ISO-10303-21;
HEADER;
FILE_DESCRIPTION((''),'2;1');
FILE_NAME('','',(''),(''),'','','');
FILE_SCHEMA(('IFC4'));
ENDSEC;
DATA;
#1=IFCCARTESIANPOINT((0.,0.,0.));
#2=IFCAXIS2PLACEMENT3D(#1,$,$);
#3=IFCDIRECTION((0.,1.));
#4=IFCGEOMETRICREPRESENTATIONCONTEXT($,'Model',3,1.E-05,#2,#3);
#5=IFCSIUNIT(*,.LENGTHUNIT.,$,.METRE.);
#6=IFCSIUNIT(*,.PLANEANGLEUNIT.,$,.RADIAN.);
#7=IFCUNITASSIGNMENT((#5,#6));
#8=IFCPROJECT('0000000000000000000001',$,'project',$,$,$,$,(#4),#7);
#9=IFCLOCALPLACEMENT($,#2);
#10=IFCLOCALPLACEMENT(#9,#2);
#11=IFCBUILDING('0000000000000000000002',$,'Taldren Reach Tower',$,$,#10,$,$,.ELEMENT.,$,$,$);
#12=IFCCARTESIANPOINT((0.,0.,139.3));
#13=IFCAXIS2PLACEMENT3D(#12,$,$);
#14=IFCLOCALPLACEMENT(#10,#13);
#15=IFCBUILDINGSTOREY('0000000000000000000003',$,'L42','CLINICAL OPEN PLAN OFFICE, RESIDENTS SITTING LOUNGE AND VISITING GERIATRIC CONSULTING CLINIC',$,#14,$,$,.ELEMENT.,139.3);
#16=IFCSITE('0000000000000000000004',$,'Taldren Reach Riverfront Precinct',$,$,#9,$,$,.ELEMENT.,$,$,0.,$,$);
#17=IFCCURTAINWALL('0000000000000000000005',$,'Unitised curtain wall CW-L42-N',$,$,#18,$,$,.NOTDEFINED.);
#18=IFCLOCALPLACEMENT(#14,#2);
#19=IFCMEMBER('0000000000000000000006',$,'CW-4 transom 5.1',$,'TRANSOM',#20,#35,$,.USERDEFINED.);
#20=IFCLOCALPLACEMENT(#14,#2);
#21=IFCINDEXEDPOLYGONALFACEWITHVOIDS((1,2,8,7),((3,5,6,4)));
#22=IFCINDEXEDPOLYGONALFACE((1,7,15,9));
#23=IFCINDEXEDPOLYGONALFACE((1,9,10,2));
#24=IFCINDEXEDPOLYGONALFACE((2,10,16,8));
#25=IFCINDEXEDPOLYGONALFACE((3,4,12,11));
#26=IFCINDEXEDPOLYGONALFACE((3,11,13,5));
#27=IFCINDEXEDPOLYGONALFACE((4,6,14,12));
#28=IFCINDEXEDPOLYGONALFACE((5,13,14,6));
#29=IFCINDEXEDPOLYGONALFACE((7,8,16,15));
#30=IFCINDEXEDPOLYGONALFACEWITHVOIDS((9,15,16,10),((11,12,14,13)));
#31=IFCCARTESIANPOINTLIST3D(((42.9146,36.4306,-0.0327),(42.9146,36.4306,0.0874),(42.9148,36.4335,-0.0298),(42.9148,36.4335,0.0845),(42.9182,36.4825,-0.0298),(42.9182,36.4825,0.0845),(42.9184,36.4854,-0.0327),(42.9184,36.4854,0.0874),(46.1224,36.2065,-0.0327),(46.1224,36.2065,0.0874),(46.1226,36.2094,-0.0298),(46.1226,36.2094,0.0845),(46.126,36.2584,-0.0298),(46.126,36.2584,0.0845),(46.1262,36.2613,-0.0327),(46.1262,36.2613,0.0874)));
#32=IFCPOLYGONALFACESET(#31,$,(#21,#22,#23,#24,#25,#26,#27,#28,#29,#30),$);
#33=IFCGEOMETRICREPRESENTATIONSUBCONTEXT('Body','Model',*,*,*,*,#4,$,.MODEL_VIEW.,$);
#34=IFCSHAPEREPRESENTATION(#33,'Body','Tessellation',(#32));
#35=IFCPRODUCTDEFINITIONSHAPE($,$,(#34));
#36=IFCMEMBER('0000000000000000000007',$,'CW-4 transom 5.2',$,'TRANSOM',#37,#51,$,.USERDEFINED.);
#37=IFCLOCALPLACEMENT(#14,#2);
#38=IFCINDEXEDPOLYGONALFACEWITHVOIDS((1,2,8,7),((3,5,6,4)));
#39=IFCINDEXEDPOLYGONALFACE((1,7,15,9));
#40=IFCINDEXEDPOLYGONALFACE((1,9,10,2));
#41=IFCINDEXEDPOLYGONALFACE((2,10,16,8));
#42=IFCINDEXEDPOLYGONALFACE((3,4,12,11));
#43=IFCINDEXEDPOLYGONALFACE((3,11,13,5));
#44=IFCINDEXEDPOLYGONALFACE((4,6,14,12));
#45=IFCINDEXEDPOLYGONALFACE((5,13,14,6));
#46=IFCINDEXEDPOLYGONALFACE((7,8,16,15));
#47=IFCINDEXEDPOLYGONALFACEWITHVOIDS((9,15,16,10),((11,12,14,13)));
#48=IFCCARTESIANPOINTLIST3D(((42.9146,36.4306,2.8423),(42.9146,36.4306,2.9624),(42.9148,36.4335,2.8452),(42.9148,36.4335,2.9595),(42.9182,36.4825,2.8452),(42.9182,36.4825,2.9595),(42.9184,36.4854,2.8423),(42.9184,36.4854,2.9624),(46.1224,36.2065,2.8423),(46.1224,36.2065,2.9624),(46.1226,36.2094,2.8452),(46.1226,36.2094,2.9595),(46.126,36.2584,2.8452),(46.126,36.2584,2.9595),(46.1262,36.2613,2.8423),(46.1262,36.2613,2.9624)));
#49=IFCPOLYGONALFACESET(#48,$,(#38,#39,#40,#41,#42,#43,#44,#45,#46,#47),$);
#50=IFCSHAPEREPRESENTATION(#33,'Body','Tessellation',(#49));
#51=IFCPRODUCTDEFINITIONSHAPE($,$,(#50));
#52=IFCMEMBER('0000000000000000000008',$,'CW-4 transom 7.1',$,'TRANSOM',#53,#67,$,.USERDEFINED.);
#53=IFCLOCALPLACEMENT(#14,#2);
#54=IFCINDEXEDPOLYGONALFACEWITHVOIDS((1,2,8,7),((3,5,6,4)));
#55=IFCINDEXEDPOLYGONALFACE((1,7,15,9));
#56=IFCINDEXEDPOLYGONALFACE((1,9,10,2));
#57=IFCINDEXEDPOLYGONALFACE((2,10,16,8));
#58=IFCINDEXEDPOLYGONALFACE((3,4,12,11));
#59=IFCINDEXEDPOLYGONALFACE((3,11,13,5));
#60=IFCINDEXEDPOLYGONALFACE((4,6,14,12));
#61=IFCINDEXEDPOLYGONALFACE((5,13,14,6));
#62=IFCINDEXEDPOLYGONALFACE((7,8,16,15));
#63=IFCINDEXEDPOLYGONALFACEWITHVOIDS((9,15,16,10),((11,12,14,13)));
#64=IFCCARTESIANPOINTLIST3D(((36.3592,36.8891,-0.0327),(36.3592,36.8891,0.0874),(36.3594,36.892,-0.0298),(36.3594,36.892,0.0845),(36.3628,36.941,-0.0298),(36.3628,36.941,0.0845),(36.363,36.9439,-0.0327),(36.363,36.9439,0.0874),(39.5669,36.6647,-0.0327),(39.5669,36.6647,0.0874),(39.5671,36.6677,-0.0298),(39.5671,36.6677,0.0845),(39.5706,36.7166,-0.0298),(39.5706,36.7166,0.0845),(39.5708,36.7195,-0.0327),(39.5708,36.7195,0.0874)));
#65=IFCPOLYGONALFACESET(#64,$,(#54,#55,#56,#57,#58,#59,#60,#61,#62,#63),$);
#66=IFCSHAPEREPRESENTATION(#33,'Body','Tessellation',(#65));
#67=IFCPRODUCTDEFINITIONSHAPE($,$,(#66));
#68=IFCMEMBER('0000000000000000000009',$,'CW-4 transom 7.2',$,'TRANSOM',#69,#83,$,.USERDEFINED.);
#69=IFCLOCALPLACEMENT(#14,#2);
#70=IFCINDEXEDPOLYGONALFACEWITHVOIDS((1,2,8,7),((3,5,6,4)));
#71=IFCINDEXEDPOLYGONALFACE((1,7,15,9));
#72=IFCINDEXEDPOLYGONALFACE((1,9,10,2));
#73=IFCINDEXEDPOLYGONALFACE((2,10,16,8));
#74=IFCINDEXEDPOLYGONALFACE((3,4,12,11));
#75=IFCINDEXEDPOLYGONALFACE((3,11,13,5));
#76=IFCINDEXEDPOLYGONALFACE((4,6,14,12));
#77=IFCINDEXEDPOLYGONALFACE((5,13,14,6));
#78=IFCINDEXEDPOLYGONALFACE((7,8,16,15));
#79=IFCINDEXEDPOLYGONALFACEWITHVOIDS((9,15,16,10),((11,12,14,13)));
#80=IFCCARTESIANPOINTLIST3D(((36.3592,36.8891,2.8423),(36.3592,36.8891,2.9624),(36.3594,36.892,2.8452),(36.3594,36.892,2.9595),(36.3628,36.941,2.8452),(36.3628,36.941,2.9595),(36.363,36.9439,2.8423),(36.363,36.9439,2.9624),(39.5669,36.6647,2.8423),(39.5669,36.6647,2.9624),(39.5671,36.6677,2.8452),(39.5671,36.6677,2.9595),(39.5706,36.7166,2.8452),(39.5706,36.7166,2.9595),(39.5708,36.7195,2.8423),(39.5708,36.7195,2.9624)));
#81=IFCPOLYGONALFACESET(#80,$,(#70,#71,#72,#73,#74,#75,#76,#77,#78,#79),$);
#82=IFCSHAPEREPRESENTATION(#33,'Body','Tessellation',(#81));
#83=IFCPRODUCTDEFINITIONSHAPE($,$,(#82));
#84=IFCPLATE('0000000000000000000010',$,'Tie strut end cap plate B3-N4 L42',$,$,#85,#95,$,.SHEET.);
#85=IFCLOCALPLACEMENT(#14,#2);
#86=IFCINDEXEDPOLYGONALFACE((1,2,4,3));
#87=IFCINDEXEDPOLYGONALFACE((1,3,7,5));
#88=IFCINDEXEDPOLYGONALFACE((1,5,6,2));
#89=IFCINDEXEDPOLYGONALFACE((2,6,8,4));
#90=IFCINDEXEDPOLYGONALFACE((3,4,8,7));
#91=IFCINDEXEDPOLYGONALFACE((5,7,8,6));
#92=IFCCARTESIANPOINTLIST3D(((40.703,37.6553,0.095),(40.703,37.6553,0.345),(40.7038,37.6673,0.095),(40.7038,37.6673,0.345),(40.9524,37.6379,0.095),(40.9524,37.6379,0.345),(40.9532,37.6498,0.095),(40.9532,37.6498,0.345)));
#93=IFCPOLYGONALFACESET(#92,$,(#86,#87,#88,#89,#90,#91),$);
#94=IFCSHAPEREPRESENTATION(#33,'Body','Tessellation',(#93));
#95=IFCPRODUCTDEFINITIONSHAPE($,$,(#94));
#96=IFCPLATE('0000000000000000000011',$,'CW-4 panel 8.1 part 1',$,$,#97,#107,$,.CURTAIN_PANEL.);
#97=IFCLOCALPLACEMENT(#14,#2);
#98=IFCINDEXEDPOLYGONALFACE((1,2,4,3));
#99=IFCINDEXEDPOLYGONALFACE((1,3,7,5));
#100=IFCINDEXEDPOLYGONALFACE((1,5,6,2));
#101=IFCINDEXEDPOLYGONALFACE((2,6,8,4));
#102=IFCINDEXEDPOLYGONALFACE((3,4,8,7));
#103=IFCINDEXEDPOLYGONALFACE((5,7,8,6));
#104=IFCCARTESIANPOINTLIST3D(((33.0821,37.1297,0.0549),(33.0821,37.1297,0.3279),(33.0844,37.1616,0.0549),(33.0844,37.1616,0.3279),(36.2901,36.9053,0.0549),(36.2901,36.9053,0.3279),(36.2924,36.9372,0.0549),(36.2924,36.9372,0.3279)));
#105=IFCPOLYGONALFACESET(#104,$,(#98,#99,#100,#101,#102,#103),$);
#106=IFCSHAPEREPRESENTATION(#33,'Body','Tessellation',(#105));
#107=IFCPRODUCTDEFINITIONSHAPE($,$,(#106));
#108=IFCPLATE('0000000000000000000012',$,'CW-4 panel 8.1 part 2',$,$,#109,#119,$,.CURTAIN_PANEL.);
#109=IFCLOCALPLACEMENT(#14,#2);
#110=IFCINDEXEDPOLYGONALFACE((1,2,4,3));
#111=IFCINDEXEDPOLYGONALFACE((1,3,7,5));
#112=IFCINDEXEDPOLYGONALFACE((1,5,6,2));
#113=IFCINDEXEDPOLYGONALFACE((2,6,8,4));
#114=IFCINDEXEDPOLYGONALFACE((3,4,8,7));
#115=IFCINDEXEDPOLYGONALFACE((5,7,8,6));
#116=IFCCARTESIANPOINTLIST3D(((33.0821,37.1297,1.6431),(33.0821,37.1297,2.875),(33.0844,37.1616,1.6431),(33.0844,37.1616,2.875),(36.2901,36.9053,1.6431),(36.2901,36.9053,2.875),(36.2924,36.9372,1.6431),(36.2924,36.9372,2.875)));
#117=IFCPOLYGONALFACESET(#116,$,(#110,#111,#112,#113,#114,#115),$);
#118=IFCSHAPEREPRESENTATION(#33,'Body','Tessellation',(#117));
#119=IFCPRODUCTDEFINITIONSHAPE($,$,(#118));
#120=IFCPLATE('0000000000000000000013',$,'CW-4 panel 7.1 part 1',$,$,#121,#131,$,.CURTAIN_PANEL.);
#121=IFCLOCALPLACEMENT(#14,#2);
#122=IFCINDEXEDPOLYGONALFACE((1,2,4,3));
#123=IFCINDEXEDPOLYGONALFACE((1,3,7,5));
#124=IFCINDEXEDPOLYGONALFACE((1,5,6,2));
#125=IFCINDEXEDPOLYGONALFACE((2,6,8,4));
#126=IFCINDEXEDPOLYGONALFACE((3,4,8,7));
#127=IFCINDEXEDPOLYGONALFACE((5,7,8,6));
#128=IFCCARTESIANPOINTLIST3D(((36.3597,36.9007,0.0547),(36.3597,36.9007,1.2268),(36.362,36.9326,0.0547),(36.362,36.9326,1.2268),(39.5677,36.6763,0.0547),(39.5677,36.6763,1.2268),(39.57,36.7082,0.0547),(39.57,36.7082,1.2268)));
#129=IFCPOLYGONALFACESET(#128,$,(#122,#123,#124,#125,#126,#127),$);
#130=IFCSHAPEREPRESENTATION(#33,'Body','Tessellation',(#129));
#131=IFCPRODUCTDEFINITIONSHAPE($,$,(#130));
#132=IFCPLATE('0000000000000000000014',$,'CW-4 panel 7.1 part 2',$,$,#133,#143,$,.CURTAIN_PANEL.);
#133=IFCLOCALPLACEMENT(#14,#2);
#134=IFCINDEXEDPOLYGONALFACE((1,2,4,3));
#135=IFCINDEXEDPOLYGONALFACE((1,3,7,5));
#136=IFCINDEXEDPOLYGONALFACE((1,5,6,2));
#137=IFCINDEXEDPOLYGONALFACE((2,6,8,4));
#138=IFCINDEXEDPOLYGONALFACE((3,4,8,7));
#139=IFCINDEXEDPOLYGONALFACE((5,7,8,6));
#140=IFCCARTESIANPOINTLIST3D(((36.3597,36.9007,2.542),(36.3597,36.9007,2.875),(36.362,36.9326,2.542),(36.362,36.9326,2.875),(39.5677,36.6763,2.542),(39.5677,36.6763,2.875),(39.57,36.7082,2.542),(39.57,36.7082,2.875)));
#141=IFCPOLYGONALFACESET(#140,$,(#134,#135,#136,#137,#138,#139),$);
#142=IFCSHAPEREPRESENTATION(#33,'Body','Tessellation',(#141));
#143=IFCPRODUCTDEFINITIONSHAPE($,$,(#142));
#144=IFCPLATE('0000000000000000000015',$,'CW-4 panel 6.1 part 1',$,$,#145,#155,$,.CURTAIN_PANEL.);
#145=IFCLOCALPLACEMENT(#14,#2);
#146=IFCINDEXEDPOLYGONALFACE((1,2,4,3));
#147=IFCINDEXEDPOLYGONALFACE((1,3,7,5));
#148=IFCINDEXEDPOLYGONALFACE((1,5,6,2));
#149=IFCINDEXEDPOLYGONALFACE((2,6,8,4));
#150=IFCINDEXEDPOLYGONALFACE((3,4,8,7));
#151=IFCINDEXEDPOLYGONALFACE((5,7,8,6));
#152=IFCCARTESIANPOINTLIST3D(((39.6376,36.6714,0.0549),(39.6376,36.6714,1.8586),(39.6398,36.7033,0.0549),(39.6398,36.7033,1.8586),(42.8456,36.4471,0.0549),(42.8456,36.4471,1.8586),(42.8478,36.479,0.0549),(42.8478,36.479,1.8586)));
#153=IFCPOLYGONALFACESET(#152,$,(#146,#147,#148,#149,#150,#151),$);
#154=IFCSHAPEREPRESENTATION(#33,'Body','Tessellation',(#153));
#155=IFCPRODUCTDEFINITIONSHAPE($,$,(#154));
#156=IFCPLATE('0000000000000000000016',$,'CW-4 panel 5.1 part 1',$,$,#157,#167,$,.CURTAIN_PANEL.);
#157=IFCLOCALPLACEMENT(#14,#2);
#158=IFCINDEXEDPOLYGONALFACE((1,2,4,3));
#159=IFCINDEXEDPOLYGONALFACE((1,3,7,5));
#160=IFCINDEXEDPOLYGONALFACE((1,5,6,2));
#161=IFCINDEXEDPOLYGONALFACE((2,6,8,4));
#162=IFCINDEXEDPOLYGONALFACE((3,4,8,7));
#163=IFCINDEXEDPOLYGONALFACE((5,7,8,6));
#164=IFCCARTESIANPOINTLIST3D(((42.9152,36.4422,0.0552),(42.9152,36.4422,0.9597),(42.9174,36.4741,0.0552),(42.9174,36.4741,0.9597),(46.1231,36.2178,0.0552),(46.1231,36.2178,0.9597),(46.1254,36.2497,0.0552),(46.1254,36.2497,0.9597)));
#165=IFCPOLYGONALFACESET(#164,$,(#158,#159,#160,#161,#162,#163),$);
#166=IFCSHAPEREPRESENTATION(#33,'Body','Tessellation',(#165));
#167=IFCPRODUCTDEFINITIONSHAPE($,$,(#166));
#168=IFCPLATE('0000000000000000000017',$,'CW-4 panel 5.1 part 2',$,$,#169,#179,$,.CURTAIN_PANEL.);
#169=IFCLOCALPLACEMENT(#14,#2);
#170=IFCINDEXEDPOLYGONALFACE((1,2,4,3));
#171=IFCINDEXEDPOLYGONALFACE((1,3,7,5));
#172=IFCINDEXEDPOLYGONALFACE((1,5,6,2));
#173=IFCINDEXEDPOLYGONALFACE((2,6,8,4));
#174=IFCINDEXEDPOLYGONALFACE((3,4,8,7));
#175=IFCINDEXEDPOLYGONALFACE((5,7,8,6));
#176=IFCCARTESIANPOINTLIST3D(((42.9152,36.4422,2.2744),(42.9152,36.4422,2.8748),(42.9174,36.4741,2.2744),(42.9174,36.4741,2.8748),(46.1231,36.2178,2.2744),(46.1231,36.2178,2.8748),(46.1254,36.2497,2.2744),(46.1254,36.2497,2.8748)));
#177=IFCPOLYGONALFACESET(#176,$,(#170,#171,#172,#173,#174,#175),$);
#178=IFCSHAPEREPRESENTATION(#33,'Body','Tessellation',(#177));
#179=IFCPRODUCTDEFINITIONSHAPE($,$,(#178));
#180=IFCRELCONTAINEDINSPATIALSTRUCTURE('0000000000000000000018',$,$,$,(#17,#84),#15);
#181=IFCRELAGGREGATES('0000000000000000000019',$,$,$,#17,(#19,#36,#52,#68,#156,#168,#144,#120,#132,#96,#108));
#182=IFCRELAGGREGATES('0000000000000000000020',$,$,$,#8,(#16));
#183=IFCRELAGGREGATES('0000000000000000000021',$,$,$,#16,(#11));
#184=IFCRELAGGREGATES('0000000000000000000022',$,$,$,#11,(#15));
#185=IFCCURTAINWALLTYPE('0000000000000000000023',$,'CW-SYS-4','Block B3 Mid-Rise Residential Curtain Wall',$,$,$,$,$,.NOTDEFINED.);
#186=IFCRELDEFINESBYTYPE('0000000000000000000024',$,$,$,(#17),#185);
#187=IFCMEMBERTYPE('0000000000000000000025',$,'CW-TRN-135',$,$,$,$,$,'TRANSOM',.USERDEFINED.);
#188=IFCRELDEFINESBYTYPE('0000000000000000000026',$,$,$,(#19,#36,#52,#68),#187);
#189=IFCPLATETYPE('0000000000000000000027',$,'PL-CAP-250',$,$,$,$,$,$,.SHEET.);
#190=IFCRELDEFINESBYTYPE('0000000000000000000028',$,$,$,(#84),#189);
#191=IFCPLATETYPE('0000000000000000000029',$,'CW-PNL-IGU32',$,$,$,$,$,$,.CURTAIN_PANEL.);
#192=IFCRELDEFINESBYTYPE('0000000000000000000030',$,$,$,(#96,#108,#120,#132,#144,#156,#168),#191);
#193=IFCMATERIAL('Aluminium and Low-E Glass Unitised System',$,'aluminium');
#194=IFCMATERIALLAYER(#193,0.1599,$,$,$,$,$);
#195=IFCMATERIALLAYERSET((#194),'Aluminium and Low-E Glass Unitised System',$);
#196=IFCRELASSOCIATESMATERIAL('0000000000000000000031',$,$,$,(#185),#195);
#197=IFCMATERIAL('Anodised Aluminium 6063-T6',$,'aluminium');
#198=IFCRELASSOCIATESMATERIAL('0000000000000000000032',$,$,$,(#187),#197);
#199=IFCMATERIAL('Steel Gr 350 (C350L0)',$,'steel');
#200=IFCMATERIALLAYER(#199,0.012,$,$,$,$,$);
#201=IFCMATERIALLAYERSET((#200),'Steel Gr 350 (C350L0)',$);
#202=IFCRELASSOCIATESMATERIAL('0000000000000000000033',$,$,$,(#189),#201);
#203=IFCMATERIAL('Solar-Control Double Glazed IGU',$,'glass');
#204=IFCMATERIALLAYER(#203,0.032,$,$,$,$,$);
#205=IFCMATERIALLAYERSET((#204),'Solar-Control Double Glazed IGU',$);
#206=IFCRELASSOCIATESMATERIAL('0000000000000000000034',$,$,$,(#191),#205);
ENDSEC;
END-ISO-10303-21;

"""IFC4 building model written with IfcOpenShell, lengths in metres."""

from ifc_helpers import new_model, si_unit, direction, frame, origin, origin_2d, place, context, subcontext, project, spatial, rectangle, hollow_rectangle, extrude, source, transform, mapped, material, layer, layer_set, material_profile, profile_set, type_object, element, aggregate, save


model = new_model("IFC4")

# Units and contexts
model_context = context("Model", 3, precision=1e-05, world=origin(), true_north=direction((0.0, 1.0)))
body_context = subcontext(model_context, "Body", "Model", "MODEL_VIEW")
ifc_project = project(units=[si_unit("LENGTHUNIT", "METRE"), si_unit("PLANEANGLEUNIT", "RADIAN")], contexts=[model_context])

# Site, building, storey
site_placement = place(None, origin())
site = spatial("IfcSite", under=ifc_project, at=site_placement, Name="Taldren Reach Riverfront Precinct", CompositionType="ELEMENT", RefElevation=0.0)
building_placement = place(site_placement, origin())
building = spatial("IfcBuilding", under=site, at=building_placement, Name="Taldren Reach Tower", CompositionType="ELEMENT")
storey_placement = place(building_placement, frame((0.0, 0.0, 139.3)))
storey = spatial("IfcBuildingStorey", under=building, at=storey_placement, Name="L42", Description="CLINICAL OPEN PLAN OFFICE, RESIDENTS SITTING LOUNGE AND VISITING GERIATRIC CONSULTING CLINIC", CompositionType="ELEMENT", Elevation=139.3)

# Shared definitions
ifc_material_1 = material(Name="Steel Gr 350 (C350L0)", Category="steel")

# Curtain wall, members
ifc_material_2 = material(Name="Aluminium and Low-E Glass Unitised System", Category="aluminium")
ifc_layer_1 = layer(ifc_material_2, 0.1599)
ifc_layer_set_1 = layer_set([ifc_layer_1], Name="Aluminium and Low-E Glass Unitised System")
curtain_wall_type = type_object("IfcCurtainWallType", Name="CW-SYS-4", Description="Block B3 Mid-Rise Residential Curtain Wall", PredefinedType="NOTDEFINED", material=ifc_layer_set_1)
curtain_wall_placement = place(storey_placement, origin())
curtain_wall = element("IfcCurtainWall", 1, at=curtain_wall_placement, inside=storey, type_object=curtain_wall_type, Name="Unitised curtain wall CW-L42-N", PredefinedType="NOTDEFINED")
ifc_material_3 = material(Name="Anodised Aluminium 6063-T6", Category="aluminium")
ifc_material_profile_1 = material_profile(ifc_material_3, hollow_rectangle(XDim=0.0549, YDim=0.1201, WallThickness=0.0029, at=origin_2d()), Name="ALU-120x55x3RHS")
ifc_profile_set_1 = profile_set([ifc_material_profile_1], Name="Anodised Aluminium 6063-T6")
member_type_1 = type_object("IfcMemberType", Name="CW-TRN-135", ElementType="TRANSOM", PredefinedType="USERDEFINED", material=ifc_profile_set_1)
shared_shape_1 = source(origin(), body_context, "Body", "SweptSolid", [
    extrude(hollow_rectangle(XDim=0.0549, YDim=0.1201, WallThickness=0.0029, at=origin_2d()), origin(), (0.0, 0.0, 1.0), 3.2156),
])
member_1_placement = place(storey_placement, frame((46.1243, 36.2339, 0.0273), z_axis=(-0.997568, 0.069698, 0.0), x_axis=(-0.069698, -0.997568, 0.0)))
member_1 = element("IfcMember", 2, at=member_1_placement, type_object=member_type_1, Name="CW-4 transom 5.1", ObjectType="TRANSOM", PredefinedType="USERDEFINED", context=body_context, shape_type="MappedRepresentation", body=[
    mapped(shared_shape_1, transform((0.0, 0.0, 0.0), scale=1.0)),
])
member_2_placement = place(storey_placement, frame((46.1243, 36.2339, 2.9023), z_axis=(-0.997568, 0.069698, 0.0), x_axis=(-0.069698, -0.997568, 0.0)))
member_2 = element("IfcMember", 3, at=member_2_placement, type_object=member_type_1, Name="CW-4 transom 5.2", ObjectType="TRANSOM", PredefinedType="USERDEFINED", context=body_context, shape_type="MappedRepresentation", body=[
    mapped(shared_shape_1, transform((0.0, 0.0, 0.0), scale=1.0)),
])
member_3_placement = place(storey_placement, frame((39.5688, 36.6921, 0.0273), z_axis=(-0.997563, 0.069774, 0.0), x_axis=(-0.069774, -0.997563, 0.0)))
member_3 = element("IfcMember", 4, at=member_3_placement, type_object=member_type_1, Name="CW-4 transom 7.1", ObjectType="TRANSOM", PredefinedType="USERDEFINED", context=body_context, shape_type="MappedRepresentation", body=[
    mapped(shared_shape_1, transform((0.0, 0.0, 0.0), scale=1.0)),
])
member_4_placement = place(storey_placement, frame((39.5688, 36.6921, 2.9023), z_axis=(-0.997563, 0.069774, 0.0), x_axis=(-0.069774, -0.997563, 0.0)))
member_4 = element("IfcMember", 5, at=member_4_placement, type_object=member_type_1, Name="CW-4 transom 7.2", ObjectType="TRANSOM", PredefinedType="USERDEFINED", context=body_context, shape_type="MappedRepresentation", body=[
    mapped(shared_shape_1, transform((0.0, 0.0, 0.0), scale=1.0)),
])

# Plates
ifc_layer_2 = layer(ifc_material_1, 0.012)
ifc_layer_set_2 = layer_set([ifc_layer_2], Name="Steel Gr 350 (C350L0)")
plate_type_1 = type_object("IfcPlateType", Name="PL-CAP-250", PredefinedType="SHEET", material=ifc_layer_set_2)
shared_shape_2 = source(origin(), body_context, "Body", "SweptSolid", [
    extrude(rectangle(XDim=0.25, YDim=0.012, at=origin_2d()), origin(), (0.0, 0.0, 1.0), 0.25),
])
plate_1_placement = place(storey_placement, frame((40.8281, 37.6526, 0.095), z_axis=(0.0, 0.0, 1.0), x_axis=(0.997564, -0.069756, 0.0)))
element("IfcPlate", 6, at=plate_1_placement, inside=storey, type_object=plate_type_1, Name="Tie strut end cap plate B3-N4 L42", PredefinedType="SHEET", context=body_context, shape_type="MappedRepresentation", body=[
    mapped(shared_shape_2, transform((0.0, 0.0, 0.0), scale=1.0)),
])
ifc_material_4 = material(Name="Solar-Control Double Glazed IGU", Category="glass")
ifc_layer_3 = layer(ifc_material_4, 0.032)
ifc_layer_set_3 = layer_set([ifc_layer_3], Name="Solar-Control Double Glazed IGU")
plate_type_2 = type_object("IfcPlateType", Name="CW-PNL-IGU32", PredefinedType="CURTAIN_PANEL", material=ifc_layer_set_3)
shared_shape_3 = source(origin(), body_context, "Body", "SweptSolid", [
    extrude(rectangle(XDim=3.2158, YDim=0.032, at=origin_2d()), origin(), (0.0, 0.0, 1.0), 0.2729),
])
plate_2_placement = place(storey_placement, frame((34.6873, 37.0334, 0.0549), z_axis=(0.0, 0.0, 1.0), x_axis=(-0.997564, 0.069757, 0.0)))
plate_2 = element("IfcPlate", 7, at=plate_2_placement, type_object=plate_type_2, Name="CW-4 panel 8.1 part 1", PredefinedType="CURTAIN_PANEL", context=body_context, shape_type="MappedRepresentation", body=[
    mapped(shared_shape_3, transform((0.0, 0.0, 0.0), scale=1.0)),
])
shared_shape_4 = source(origin(), body_context, "Body", "SweptSolid", [
    extrude(rectangle(XDim=3.2158, YDim=0.032, at=origin_2d()), origin(), (0.0, 0.0, 1.0), 1.2319),
])
plate_3_placement = place(storey_placement, frame((34.6873, 37.0334, 1.6431), z_axis=(0.0, 0.0, 1.0), x_axis=(-0.997564, 0.069757, 0.0)))
plate_3 = element("IfcPlate", 8, at=plate_3_placement, type_object=plate_type_2, Name="CW-4 panel 8.1 part 2", PredefinedType="CURTAIN_PANEL", context=body_context, shape_type="MappedRepresentation", body=[
    mapped(shared_shape_4, transform((0.0, 0.0, 0.0), scale=1.0)),
])
shared_shape_5 = source(origin(), body_context, "Body", "SweptSolid", [
    extrude(rectangle(XDim=3.2158, YDim=0.032, at=origin_2d()), origin(), (0.0, 0.0, 1.0), 1.1721),
])
plate_4_placement = place(storey_placement, frame((37.9648, 36.8044, 0.0547), z_axis=(0.0, 0.0, 1.0), x_axis=(-0.997564, 0.069757, 0.0)))
plate_4 = element("IfcPlate", 9, at=plate_4_placement, type_object=plate_type_2, Name="CW-4 panel 7.1 part 1", PredefinedType="CURTAIN_PANEL", context=body_context, shape_type="MappedRepresentation", body=[
    mapped(shared_shape_5, transform((0.0, 0.0, 0.0), scale=1.0)),
])
shared_shape_6 = source(origin(), body_context, "Body", "SweptSolid", [
    extrude(rectangle(XDim=3.2158, YDim=0.032, at=origin_2d()), origin(), (0.0, 0.0, 1.0), 0.333),
])
plate_5_placement = place(storey_placement, frame((37.9648, 36.8044, 2.542), z_axis=(0.0, 0.0, 1.0), x_axis=(-0.997564, 0.069757, 0.0)))
plate_5 = element("IfcPlate", 10, at=plate_5_placement, type_object=plate_type_2, Name="CW-4 panel 7.1 part 2", PredefinedType="CURTAIN_PANEL", context=body_context, shape_type="MappedRepresentation", body=[
    mapped(shared_shape_6, transform((0.0, 0.0, 0.0), scale=1.0)),
])
shared_shape_7 = source(origin(), body_context, "Body", "SweptSolid", [
    extrude(rectangle(XDim=3.2158, YDim=0.032, at=origin_2d()), origin(), (0.0, 0.0, 1.0), 1.8037),
])
plate_6_placement = place(storey_placement, frame((41.2427, 36.5752, 0.0549), z_axis=(0.0, 0.0, 1.0), x_axis=(-0.997564, 0.069757, 0.0)))
plate_6 = element("IfcPlate", 11, at=plate_6_placement, type_object=plate_type_2, Name="CW-4 panel 6.1 part 1", PredefinedType="CURTAIN_PANEL", context=body_context, shape_type="MappedRepresentation", body=[
    mapped(shared_shape_7, transform((0.0, 0.0, 0.0), scale=1.0)),
])
shared_shape_8 = source(origin(), body_context, "Body", "SweptSolid", [
    extrude(rectangle(XDim=3.2158, YDim=0.032, at=origin_2d()), origin(), (0.0, 0.0, 1.0), 0.9045),
])
plate_7_placement = place(storey_placement, frame((44.5203, 36.3459, 0.0552), z_axis=(0.0, 0.0, 1.0), x_axis=(-0.997564, 0.069757, 0.0)))
plate_7 = element("IfcPlate", 12, at=plate_7_placement, type_object=plate_type_2, Name="CW-4 panel 5.1 part 1", PredefinedType="CURTAIN_PANEL", context=body_context, shape_type="MappedRepresentation", body=[
    mapped(shared_shape_8, transform((0.0, 0.0, 0.0), scale=1.0)),
])
shared_shape_9 = source(origin(), body_context, "Body", "SweptSolid", [
    extrude(rectangle(XDim=3.2158, YDim=0.032, at=origin_2d()), origin(), (0.0, 0.0, 1.0), 0.6003),
])
plate_8_placement = place(storey_placement, frame((44.5203, 36.3459, 2.2744), z_axis=(0.0, 0.0, 1.0), x_axis=(-0.997564, 0.069757, 0.0)))
plate_8 = element("IfcPlate", 13, at=plate_8_placement, type_object=plate_type_2, Name="CW-4 panel 5.1 part 2", PredefinedType="CURTAIN_PANEL", context=body_context, shape_type="MappedRepresentation", body=[
    mapped(shared_shape_9, transform((0.0, 0.0, 0.0), scale=1.0)),
])
aggregate(curtain_wall, [member_1, member_2, member_3, member_4, plate_7, plate_8, plate_6, plate_4, plate_5, plate_2, plate_3])

save(model, "model.ifc")
